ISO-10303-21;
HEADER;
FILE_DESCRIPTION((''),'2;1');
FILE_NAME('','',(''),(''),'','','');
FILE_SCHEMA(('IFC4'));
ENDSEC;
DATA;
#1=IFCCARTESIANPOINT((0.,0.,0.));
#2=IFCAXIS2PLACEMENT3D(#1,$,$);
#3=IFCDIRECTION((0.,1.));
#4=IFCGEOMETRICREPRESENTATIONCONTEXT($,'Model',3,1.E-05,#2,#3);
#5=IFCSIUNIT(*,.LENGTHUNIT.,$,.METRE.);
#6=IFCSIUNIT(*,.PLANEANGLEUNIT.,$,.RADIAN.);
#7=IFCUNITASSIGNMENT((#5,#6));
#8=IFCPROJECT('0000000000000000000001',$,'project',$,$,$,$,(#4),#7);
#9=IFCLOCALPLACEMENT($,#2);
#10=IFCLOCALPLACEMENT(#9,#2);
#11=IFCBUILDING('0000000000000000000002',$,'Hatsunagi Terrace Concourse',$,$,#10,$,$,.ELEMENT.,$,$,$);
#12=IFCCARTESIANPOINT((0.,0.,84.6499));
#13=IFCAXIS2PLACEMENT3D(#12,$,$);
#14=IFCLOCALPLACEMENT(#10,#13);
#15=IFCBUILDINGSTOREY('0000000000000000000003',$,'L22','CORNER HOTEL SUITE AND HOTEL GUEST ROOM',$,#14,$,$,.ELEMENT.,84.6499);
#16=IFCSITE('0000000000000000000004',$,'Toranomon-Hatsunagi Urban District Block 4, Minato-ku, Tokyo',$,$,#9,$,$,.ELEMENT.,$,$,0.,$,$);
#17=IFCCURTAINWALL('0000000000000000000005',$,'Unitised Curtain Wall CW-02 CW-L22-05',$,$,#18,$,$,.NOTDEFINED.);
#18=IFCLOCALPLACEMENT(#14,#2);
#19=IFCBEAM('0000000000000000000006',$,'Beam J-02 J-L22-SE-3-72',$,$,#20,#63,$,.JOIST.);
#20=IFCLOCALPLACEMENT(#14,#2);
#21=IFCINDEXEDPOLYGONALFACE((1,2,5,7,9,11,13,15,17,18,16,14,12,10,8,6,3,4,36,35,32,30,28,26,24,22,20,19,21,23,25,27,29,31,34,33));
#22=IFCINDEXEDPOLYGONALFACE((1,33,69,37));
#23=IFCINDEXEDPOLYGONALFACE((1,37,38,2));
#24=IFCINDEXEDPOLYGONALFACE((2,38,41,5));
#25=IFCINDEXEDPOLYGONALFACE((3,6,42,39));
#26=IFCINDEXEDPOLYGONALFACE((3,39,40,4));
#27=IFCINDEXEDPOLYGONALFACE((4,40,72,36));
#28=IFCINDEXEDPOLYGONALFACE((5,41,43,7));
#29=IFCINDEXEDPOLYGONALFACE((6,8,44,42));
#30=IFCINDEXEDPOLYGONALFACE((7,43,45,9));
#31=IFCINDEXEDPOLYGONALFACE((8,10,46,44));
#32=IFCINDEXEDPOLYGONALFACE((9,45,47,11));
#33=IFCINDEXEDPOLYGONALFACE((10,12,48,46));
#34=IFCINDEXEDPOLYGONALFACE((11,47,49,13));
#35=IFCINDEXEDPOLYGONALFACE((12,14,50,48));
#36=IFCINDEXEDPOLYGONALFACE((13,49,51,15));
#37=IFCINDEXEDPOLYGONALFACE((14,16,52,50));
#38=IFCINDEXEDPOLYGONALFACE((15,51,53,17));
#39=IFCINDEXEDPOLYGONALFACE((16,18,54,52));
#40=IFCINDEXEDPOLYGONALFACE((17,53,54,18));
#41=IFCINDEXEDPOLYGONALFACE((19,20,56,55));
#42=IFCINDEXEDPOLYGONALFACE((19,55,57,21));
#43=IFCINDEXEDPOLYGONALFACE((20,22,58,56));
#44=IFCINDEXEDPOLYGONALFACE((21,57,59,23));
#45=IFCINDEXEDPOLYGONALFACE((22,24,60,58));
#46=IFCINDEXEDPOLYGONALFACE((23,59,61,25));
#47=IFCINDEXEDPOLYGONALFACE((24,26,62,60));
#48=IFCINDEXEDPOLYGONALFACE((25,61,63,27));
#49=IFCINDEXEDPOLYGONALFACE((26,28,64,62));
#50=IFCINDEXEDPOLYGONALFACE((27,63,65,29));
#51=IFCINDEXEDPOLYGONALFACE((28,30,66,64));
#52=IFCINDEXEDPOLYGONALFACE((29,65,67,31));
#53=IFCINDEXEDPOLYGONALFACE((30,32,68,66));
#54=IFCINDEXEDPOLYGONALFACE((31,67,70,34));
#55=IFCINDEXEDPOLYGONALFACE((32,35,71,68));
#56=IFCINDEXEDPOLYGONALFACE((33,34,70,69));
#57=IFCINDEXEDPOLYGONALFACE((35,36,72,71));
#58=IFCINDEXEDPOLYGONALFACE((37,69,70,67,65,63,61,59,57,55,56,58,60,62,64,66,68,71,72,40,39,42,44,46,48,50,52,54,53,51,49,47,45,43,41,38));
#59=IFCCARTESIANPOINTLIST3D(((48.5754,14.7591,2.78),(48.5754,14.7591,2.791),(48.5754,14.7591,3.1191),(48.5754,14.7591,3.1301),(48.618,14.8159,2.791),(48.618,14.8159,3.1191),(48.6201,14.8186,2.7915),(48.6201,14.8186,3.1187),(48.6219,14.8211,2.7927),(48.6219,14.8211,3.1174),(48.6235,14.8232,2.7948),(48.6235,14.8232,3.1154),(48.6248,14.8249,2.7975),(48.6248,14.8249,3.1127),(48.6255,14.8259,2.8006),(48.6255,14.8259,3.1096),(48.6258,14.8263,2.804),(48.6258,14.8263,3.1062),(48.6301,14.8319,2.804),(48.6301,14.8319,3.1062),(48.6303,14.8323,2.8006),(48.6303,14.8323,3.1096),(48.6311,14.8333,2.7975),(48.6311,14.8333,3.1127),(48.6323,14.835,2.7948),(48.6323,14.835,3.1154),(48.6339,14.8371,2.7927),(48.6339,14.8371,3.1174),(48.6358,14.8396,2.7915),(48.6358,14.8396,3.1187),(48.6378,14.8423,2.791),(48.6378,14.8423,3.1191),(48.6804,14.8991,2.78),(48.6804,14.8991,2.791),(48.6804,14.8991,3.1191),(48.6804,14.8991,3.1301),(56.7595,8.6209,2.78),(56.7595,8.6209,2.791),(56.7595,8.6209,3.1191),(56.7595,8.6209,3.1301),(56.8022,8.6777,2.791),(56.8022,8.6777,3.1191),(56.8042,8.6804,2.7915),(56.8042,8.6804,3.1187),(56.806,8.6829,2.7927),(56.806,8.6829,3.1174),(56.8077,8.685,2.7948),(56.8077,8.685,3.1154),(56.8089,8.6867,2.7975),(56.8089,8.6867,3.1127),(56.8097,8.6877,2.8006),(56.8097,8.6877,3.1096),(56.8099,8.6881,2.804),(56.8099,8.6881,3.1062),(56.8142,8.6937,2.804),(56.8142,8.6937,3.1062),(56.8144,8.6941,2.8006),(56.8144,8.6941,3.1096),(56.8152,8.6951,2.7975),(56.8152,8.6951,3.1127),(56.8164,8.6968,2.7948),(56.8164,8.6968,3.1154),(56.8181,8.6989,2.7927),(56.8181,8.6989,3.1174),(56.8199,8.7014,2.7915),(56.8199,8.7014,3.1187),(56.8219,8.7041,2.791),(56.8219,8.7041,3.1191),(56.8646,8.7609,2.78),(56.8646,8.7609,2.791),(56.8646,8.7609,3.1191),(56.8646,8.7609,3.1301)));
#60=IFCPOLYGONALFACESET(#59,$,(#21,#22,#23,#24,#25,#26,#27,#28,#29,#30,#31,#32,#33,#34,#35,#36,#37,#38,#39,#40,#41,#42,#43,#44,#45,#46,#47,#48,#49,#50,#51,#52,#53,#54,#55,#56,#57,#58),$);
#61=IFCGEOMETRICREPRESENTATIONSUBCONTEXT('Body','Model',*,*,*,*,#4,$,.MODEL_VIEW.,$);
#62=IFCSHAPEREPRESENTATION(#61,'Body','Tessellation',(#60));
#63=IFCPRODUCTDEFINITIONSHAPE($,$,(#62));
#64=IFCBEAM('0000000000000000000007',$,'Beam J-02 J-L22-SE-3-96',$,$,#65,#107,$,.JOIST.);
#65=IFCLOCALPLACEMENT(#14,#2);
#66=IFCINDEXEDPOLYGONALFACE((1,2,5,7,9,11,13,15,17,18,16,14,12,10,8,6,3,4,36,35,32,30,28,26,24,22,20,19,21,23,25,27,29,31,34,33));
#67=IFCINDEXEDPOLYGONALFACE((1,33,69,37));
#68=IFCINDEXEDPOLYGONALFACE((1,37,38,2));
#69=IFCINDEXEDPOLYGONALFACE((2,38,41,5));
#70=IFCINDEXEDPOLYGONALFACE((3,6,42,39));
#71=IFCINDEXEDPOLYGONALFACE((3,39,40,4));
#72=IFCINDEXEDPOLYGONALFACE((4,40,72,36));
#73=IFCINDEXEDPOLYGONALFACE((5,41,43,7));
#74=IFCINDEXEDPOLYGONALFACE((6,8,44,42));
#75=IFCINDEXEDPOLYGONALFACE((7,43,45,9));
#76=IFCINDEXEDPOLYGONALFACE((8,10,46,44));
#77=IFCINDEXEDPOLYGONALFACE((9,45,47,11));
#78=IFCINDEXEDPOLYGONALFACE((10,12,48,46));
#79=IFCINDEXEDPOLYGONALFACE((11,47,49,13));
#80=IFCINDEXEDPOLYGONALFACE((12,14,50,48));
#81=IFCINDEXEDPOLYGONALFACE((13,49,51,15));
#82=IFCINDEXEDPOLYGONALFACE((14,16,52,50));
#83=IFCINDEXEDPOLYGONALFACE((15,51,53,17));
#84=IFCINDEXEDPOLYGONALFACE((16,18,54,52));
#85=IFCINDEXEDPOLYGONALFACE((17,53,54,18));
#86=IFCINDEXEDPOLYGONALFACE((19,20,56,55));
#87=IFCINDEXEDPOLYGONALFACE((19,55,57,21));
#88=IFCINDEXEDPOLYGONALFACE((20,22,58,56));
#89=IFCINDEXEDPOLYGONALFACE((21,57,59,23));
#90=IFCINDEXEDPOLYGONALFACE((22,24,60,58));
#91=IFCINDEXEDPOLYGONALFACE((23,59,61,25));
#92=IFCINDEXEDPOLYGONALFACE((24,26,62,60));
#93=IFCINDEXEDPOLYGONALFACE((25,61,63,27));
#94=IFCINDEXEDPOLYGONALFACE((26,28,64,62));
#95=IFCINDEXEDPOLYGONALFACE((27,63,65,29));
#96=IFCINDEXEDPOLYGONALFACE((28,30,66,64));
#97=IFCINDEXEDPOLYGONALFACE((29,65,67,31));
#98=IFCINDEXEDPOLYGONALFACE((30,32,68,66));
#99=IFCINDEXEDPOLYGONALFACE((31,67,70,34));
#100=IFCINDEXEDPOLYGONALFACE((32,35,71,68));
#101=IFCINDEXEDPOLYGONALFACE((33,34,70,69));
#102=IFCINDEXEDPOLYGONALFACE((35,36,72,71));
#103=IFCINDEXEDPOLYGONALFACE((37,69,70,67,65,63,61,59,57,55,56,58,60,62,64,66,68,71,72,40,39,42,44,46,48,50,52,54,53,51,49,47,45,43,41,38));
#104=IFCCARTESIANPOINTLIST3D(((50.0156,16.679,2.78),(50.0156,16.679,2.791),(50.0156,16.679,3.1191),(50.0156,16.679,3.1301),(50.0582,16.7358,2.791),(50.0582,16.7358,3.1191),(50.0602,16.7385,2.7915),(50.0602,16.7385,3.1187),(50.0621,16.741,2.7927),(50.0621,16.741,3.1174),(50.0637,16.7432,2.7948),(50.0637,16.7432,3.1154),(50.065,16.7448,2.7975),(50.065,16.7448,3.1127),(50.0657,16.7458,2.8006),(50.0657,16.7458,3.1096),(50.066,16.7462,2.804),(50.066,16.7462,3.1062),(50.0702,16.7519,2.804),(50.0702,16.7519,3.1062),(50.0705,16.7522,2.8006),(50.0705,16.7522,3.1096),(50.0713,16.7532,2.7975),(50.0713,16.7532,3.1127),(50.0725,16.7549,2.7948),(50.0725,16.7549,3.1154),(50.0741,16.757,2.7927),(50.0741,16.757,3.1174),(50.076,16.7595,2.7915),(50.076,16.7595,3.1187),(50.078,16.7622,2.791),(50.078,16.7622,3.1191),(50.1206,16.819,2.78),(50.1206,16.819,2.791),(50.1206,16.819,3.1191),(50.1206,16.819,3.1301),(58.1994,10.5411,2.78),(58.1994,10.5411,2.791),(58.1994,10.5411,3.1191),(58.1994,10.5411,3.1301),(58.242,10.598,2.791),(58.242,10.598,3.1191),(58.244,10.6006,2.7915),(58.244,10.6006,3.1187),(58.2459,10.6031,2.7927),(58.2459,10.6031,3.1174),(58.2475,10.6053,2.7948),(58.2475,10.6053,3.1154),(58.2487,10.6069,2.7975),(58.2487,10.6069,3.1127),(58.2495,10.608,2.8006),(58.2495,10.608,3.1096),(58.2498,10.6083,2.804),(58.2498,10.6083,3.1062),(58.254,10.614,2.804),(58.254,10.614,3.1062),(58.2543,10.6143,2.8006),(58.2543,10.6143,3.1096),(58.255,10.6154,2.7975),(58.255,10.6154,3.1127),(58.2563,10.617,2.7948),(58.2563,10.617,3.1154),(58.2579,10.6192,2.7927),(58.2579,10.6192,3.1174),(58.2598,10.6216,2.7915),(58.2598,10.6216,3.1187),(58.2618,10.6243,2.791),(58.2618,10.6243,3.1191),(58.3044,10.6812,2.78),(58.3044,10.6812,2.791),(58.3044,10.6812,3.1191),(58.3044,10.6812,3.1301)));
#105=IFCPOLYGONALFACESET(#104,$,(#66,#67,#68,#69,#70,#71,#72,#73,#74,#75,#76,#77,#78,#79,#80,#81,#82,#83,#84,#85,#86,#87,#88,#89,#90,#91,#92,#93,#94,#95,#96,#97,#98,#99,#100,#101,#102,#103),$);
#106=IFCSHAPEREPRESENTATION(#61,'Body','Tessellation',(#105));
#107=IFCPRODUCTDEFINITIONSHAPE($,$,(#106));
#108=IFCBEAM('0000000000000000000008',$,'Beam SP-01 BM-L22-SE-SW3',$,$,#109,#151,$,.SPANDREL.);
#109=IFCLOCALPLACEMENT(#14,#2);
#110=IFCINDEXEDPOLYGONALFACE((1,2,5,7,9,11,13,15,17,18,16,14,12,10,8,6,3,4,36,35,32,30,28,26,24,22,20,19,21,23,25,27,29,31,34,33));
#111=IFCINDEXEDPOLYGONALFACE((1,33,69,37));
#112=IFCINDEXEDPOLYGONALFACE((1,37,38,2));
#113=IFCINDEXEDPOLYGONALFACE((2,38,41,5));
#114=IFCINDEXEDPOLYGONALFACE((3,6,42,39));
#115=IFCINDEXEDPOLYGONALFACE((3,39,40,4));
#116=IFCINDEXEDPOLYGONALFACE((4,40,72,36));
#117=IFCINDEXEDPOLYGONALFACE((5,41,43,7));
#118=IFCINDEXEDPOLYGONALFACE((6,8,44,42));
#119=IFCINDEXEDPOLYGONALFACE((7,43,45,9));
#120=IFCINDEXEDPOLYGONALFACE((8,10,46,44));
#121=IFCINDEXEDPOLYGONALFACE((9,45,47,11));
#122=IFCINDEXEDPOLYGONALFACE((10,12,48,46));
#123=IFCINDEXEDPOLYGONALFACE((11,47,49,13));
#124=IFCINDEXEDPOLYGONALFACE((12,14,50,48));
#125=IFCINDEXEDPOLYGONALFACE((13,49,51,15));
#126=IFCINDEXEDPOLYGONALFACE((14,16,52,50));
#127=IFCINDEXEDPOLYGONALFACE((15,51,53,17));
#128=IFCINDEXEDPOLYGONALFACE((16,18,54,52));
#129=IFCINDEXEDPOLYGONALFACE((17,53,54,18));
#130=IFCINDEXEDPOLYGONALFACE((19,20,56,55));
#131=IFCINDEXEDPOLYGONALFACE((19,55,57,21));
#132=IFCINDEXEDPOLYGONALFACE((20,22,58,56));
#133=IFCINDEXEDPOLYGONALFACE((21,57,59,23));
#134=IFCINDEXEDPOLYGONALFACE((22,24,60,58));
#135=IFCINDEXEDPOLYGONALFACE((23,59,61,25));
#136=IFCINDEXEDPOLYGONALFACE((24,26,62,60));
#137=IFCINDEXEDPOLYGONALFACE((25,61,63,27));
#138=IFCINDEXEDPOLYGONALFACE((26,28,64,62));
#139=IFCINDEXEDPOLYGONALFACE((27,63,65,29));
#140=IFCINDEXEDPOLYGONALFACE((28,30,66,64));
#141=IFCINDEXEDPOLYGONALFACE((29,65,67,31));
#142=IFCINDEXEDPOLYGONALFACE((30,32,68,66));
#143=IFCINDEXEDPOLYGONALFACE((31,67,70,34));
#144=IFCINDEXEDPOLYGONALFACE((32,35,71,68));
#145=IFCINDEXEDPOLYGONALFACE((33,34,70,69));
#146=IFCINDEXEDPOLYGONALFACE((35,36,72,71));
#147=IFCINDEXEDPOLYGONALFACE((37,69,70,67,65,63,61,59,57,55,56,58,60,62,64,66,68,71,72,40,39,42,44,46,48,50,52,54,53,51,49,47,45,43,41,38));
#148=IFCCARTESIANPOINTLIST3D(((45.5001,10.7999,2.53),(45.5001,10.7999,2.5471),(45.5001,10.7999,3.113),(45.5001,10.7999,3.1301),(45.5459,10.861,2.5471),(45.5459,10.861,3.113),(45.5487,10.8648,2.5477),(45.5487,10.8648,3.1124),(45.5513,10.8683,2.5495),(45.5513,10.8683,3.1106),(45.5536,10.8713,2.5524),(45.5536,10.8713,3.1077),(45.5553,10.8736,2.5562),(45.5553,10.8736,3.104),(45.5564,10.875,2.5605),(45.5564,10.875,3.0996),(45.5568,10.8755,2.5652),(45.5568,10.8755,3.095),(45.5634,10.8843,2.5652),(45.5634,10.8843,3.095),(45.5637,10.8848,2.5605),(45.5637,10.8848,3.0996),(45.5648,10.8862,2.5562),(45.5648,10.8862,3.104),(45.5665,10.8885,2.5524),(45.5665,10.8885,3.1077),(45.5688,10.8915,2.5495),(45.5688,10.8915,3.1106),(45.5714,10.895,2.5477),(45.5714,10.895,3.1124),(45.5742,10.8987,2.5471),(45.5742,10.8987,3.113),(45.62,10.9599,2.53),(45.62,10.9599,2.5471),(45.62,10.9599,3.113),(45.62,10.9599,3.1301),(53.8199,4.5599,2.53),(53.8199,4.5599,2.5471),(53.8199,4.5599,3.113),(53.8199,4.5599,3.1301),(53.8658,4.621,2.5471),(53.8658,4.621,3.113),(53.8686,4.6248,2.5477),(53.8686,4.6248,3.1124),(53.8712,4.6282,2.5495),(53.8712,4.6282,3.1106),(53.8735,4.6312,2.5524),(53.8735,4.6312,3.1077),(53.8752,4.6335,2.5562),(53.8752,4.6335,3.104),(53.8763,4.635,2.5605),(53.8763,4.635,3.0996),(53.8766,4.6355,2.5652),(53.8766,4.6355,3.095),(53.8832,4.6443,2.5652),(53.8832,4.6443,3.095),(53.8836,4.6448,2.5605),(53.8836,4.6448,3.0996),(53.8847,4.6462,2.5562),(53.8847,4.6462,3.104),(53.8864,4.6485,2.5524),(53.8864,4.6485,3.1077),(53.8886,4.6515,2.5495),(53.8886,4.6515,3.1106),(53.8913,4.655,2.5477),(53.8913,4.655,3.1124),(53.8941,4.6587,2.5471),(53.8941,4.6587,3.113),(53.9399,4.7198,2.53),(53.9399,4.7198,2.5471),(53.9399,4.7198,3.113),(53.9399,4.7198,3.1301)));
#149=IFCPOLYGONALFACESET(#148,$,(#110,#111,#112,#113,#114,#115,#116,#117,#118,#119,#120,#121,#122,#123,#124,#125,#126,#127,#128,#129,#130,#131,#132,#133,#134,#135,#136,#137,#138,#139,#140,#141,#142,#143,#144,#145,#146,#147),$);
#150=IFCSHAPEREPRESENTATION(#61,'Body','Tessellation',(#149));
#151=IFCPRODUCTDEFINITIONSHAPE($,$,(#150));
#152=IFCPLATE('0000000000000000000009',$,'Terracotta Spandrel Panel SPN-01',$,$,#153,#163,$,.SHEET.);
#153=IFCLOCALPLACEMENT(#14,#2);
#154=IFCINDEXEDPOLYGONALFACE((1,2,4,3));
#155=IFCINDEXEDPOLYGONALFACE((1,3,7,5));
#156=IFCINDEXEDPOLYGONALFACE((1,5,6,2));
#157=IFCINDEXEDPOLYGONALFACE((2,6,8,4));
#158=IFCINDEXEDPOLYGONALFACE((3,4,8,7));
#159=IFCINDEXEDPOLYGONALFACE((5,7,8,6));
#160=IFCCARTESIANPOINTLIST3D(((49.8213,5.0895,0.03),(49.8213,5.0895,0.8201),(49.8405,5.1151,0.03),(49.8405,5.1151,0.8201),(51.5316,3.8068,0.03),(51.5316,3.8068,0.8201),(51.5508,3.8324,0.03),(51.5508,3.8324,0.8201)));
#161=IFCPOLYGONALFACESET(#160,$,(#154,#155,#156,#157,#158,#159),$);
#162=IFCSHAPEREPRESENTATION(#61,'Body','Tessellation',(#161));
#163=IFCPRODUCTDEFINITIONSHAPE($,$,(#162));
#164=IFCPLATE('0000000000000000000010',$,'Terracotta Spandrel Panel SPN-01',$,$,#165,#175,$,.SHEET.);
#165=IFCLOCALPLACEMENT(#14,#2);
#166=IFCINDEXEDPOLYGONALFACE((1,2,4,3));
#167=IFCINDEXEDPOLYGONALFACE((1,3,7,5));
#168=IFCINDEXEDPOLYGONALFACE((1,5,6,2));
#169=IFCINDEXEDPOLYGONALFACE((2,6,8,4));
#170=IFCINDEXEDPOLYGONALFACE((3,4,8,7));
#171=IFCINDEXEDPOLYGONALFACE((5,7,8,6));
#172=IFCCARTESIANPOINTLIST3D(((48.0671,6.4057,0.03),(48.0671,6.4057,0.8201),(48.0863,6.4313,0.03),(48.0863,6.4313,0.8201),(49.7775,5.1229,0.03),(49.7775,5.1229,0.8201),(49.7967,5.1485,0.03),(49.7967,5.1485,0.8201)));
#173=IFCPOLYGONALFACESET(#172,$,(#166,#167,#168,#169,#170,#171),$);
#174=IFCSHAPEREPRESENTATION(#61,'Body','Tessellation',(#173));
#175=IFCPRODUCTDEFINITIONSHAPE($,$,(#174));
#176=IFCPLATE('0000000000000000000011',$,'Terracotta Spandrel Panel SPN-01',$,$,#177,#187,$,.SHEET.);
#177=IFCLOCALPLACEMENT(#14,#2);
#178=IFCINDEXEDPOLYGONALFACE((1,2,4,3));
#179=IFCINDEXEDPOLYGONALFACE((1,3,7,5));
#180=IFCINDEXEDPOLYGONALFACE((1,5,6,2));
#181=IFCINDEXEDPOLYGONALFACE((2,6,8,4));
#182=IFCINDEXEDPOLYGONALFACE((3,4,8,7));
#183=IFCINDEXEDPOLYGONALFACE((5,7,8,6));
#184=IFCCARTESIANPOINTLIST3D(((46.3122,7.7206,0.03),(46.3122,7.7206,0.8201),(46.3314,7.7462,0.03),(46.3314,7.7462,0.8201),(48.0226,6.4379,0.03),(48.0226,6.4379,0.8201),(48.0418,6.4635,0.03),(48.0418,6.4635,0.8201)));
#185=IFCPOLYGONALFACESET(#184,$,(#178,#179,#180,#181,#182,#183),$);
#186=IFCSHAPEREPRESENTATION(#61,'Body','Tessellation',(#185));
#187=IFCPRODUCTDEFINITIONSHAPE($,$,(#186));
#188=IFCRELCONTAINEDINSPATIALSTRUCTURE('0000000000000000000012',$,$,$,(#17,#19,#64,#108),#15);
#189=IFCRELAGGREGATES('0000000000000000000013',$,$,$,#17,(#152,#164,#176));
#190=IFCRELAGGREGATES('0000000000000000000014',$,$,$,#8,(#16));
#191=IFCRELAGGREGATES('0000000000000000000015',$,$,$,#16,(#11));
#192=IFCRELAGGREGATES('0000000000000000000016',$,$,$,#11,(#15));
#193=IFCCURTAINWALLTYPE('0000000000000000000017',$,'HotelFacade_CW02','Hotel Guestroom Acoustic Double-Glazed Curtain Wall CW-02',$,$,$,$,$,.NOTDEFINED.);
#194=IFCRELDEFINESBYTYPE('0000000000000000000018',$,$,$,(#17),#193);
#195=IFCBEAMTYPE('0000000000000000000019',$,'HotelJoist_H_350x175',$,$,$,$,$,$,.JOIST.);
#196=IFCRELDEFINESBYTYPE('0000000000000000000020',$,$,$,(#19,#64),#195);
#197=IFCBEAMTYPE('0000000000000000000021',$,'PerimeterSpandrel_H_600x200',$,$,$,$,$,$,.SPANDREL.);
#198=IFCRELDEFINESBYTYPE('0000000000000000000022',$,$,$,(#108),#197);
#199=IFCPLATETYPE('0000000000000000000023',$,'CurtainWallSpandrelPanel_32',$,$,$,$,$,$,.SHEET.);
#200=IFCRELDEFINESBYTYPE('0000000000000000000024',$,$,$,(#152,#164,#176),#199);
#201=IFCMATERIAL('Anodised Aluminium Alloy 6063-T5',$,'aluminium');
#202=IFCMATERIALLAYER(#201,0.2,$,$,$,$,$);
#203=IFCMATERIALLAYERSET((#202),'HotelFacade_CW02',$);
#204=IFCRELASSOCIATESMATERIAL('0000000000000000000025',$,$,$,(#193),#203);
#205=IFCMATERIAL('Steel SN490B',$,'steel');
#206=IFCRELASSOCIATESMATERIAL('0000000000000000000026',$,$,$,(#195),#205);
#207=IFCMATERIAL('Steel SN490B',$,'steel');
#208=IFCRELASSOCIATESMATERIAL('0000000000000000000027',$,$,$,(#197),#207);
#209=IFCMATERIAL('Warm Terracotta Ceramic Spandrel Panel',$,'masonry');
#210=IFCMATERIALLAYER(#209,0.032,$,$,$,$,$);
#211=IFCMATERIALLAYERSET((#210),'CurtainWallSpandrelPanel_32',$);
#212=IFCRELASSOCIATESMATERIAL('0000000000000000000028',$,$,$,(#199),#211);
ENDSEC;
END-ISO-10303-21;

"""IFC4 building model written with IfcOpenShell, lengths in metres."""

from ifc_helpers import new_model, si_unit, direction, frame, origin, origin_2d, place, context, subcontext, project, spatial, rectangle, i_section, extrude, material, layer, layer_set, material_profile, profile_set, type_object, element, aggregate, save


model = new_model("IFC4")

# Units and contexts
model_context = context("Model", 3, precision=1e-05, world=origin(), true_north=direction((0.0, 1.0)))
body_context = subcontext(model_context, "Body", "Model", "MODEL_VIEW")
ifc_project = project(units=[si_unit("LENGTHUNIT", "METRE"), si_unit("PLANEANGLEUNIT", "RADIAN")], contexts=[model_context])

# Site, building, storey
site_placement = place(None, origin())
site = spatial("IfcSite", under=ifc_project, at=site_placement, Name="Toranomon-Hatsunagi Urban District Block 4, Minato-ku, Tokyo", CompositionType="ELEMENT", RefElevation=0.0)
building_placement = place(site_placement, origin())
building = spatial("IfcBuilding", under=site, at=building_placement, Name="Hatsunagi Terrace Concourse", CompositionType="ELEMENT")
storey_placement = place(building_placement, frame((0.0, 0.0, 84.6499)))
storey = spatial("IfcBuildingStorey", under=building, at=storey_placement, Name="L22", Description="CORNER HOTEL SUITE AND HOTEL GUEST ROOM", CompositionType="ELEMENT", Elevation=84.6499)

# Curtain wall
ifc_material_1 = material(Name="Anodised Aluminium Alloy 6063-T5", Category="aluminium")
ifc_layer_1 = layer(ifc_material_1, 0.2)
ifc_layer_set_1 = layer_set([ifc_layer_1], Name="HotelFacade_CW02")
curtain_wall_type = type_object("IfcCurtainWallType", Name="HotelFacade_CW02", Description="Hotel Guestroom Acoustic Double-Glazed Curtain Wall CW-02", PredefinedType="NOTDEFINED", material=ifc_layer_set_1)
curtain_wall_placement = place(storey_placement, origin())
curtain_wall = element("IfcCurtainWall", 1, at=curtain_wall_placement, inside=storey, type_object=curtain_wall_type, Name="Unitised Curtain Wall CW-02 CW-L22-05", PredefinedType="NOTDEFINED")

# Beams
ifc_material_2 = material(Name="Steel SN490B", Category="steel")
ifc_material_profile_1 = material_profile(ifc_material_2, i_section(OverallWidth=0.175, OverallDepth=0.3501, WebThickness=0.0071, FlangeThickness=0.011, FilletRadius=0.0129, at=origin_2d()), Name="H-350x175x7x11")
ifc_profile_set_1 = profile_set([ifc_material_profile_1], Name="Steel SN490B")
beam_type_1 = type_object("IfcBeamType", Name="HotelJoist_H_350x175", PredefinedType="JOIST", material=ifc_profile_set_1)
beam_1_placement = place(storey_placement, frame((48.6279, 14.8291, 2.9551), z_axis=(0.799994, -0.600008, 0.0), x_axis=(0.600008, 0.799994, 0.0)))
element("IfcBeam", 2, at=beam_1_placement, inside=storey, type_object=beam_type_1, Name="Beam J-02 J-L22-SE-3-72", PredefinedType="JOIST", context=body_context, shape_type="SweptSolid", body=[
    extrude(i_section(OverallWidth=0.175, OverallDepth=0.3501, WebThickness=0.0071, FlangeThickness=0.011, FilletRadius=0.0129, at=origin_2d()), origin(), (0.0, 0.0, 1.0), 10.2302),
])
beam_2_placement = place(storey_placement, frame((50.0681, 16.749, 2.9551), z_axis=(0.799997, -0.600004, 0.0), x_axis=(0.600004, 0.799997, 0.0)))
element("IfcBeam", 3, at=beam_2_placement, inside=storey, type_object=beam_type_1, Name="Beam J-02 J-L22-SE-3-96", PredefinedType="JOIST", context=body_context, shape_type="SweptSolid", body=[
    extrude(i_section(OverallWidth=0.175, OverallDepth=0.3501, WebThickness=0.0071, FlangeThickness=0.011, FilletRadius=0.0129, at=origin_2d()), origin(), (0.0, 0.0, 1.0), 10.2297),
])
ifc_material_3 = material(Name="Steel SN490B", Category="steel")
ifc_material_profile_2 = material_profile(ifc_material_3, i_section(OverallWidth=0.2, OverallDepth=0.6001, WebThickness=0.011, FlangeThickness=0.0171, FilletRadius=0.0181, at=origin_2d()), Name="H-600x200x11x17")
ifc_profile_set_2 = profile_set([ifc_material_profile_2], Name="Steel SN490B")
beam_type_2 = type_object("IfcBeamType", Name="PerimeterSpandrel_H_600x200", PredefinedType="SPANDREL", material=ifc_profile_set_2)
beam_3_placement = place(storey_placement, frame((45.5601, 10.8799, 2.8301), z_axis=(0.799994, -0.600008, 0.0), x_axis=(0.600008, 0.799994, 0.0)))
element("IfcBeam", 4, at=beam_3_placement, inside=storey, type_object=beam_type_2, Name="Beam SP-01 BM-L22-SE-SW3", PredefinedType="SPANDREL", context=body_context, shape_type="SweptSolid", body=[
    extrude(i_section(OverallWidth=0.2, OverallDepth=0.6001, WebThickness=0.011, FlangeThickness=0.0171, FilletRadius=0.0181, at=origin_2d()), origin(), (0.0, 0.0, 1.0), 10.3999),
])

# Plates
ifc_material_4 = material(Name="Warm Terracotta Ceramic Spandrel Panel", Category="masonry")
ifc_layer_2 = layer(ifc_material_4, 0.032)
ifc_layer_set_2 = layer_set([ifc_layer_2], Name="CurtainWallSpandrelPanel_32")
plate_type_1 = type_object("IfcPlateType", Name="CurtainWallSpandrelPanel_32", PredefinedType="SHEET", material=ifc_layer_set_2)
plate_1_placement = place(storey_placement, frame((50.686, 4.4609, 0.03), z_axis=(0.0, 0.0, 1.0), x_axis=(-0.800003, 0.599996, 0.0)))
plate_1 = element("IfcPlate", 5, at=plate_1_placement, type_object=plate_type_1, Name="Terracotta Spandrel Panel SPN-01", PredefinedType="SHEET", context=body_context, shape_type="SweptSolid", body=[
    extrude(rectangle(XDim=2.1379, YDim=0.032, at=origin_2d()), origin(), (0.0, 0.0, 1.0), 0.79),
])
plate_2_placement = place(storey_placement, frame((48.9319, 5.7771, 0.03), z_axis=(0.0, 0.0, 1.0), x_axis=(-0.800003, 0.599996, 0.0)))
plate_2 = element("IfcPlate", 6, at=plate_2_placement, type_object=plate_type_1, Name="Terracotta Spandrel Panel SPN-01", PredefinedType="SHEET", context=body_context, shape_type="SweptSolid", body=[
    extrude(rectangle(XDim=2.1379, YDim=0.032, at=origin_2d()), origin(), (0.0, 0.0, 1.0), 0.79),
])
plate_3_placement = place(storey_placement, frame((47.177, 7.092, 0.03), z_axis=(0.0, 0.0, 1.0), x_axis=(-0.800003, 0.599996, 0.0)))
plate_3 = element("IfcPlate", 7, at=plate_3_placement, type_object=plate_type_1, Name="Terracotta Spandrel Panel SPN-01", PredefinedType="SHEET", context=body_context, shape_type="SweptSolid", body=[
    extrude(rectangle(XDim=2.1379, YDim=0.032, at=origin_2d()), origin(), (0.0, 0.0, 1.0), 0.79),
])
aggregate(curtain_wall, [plate_1, plate_2, plate_3])

save(model, "model.ifc")
